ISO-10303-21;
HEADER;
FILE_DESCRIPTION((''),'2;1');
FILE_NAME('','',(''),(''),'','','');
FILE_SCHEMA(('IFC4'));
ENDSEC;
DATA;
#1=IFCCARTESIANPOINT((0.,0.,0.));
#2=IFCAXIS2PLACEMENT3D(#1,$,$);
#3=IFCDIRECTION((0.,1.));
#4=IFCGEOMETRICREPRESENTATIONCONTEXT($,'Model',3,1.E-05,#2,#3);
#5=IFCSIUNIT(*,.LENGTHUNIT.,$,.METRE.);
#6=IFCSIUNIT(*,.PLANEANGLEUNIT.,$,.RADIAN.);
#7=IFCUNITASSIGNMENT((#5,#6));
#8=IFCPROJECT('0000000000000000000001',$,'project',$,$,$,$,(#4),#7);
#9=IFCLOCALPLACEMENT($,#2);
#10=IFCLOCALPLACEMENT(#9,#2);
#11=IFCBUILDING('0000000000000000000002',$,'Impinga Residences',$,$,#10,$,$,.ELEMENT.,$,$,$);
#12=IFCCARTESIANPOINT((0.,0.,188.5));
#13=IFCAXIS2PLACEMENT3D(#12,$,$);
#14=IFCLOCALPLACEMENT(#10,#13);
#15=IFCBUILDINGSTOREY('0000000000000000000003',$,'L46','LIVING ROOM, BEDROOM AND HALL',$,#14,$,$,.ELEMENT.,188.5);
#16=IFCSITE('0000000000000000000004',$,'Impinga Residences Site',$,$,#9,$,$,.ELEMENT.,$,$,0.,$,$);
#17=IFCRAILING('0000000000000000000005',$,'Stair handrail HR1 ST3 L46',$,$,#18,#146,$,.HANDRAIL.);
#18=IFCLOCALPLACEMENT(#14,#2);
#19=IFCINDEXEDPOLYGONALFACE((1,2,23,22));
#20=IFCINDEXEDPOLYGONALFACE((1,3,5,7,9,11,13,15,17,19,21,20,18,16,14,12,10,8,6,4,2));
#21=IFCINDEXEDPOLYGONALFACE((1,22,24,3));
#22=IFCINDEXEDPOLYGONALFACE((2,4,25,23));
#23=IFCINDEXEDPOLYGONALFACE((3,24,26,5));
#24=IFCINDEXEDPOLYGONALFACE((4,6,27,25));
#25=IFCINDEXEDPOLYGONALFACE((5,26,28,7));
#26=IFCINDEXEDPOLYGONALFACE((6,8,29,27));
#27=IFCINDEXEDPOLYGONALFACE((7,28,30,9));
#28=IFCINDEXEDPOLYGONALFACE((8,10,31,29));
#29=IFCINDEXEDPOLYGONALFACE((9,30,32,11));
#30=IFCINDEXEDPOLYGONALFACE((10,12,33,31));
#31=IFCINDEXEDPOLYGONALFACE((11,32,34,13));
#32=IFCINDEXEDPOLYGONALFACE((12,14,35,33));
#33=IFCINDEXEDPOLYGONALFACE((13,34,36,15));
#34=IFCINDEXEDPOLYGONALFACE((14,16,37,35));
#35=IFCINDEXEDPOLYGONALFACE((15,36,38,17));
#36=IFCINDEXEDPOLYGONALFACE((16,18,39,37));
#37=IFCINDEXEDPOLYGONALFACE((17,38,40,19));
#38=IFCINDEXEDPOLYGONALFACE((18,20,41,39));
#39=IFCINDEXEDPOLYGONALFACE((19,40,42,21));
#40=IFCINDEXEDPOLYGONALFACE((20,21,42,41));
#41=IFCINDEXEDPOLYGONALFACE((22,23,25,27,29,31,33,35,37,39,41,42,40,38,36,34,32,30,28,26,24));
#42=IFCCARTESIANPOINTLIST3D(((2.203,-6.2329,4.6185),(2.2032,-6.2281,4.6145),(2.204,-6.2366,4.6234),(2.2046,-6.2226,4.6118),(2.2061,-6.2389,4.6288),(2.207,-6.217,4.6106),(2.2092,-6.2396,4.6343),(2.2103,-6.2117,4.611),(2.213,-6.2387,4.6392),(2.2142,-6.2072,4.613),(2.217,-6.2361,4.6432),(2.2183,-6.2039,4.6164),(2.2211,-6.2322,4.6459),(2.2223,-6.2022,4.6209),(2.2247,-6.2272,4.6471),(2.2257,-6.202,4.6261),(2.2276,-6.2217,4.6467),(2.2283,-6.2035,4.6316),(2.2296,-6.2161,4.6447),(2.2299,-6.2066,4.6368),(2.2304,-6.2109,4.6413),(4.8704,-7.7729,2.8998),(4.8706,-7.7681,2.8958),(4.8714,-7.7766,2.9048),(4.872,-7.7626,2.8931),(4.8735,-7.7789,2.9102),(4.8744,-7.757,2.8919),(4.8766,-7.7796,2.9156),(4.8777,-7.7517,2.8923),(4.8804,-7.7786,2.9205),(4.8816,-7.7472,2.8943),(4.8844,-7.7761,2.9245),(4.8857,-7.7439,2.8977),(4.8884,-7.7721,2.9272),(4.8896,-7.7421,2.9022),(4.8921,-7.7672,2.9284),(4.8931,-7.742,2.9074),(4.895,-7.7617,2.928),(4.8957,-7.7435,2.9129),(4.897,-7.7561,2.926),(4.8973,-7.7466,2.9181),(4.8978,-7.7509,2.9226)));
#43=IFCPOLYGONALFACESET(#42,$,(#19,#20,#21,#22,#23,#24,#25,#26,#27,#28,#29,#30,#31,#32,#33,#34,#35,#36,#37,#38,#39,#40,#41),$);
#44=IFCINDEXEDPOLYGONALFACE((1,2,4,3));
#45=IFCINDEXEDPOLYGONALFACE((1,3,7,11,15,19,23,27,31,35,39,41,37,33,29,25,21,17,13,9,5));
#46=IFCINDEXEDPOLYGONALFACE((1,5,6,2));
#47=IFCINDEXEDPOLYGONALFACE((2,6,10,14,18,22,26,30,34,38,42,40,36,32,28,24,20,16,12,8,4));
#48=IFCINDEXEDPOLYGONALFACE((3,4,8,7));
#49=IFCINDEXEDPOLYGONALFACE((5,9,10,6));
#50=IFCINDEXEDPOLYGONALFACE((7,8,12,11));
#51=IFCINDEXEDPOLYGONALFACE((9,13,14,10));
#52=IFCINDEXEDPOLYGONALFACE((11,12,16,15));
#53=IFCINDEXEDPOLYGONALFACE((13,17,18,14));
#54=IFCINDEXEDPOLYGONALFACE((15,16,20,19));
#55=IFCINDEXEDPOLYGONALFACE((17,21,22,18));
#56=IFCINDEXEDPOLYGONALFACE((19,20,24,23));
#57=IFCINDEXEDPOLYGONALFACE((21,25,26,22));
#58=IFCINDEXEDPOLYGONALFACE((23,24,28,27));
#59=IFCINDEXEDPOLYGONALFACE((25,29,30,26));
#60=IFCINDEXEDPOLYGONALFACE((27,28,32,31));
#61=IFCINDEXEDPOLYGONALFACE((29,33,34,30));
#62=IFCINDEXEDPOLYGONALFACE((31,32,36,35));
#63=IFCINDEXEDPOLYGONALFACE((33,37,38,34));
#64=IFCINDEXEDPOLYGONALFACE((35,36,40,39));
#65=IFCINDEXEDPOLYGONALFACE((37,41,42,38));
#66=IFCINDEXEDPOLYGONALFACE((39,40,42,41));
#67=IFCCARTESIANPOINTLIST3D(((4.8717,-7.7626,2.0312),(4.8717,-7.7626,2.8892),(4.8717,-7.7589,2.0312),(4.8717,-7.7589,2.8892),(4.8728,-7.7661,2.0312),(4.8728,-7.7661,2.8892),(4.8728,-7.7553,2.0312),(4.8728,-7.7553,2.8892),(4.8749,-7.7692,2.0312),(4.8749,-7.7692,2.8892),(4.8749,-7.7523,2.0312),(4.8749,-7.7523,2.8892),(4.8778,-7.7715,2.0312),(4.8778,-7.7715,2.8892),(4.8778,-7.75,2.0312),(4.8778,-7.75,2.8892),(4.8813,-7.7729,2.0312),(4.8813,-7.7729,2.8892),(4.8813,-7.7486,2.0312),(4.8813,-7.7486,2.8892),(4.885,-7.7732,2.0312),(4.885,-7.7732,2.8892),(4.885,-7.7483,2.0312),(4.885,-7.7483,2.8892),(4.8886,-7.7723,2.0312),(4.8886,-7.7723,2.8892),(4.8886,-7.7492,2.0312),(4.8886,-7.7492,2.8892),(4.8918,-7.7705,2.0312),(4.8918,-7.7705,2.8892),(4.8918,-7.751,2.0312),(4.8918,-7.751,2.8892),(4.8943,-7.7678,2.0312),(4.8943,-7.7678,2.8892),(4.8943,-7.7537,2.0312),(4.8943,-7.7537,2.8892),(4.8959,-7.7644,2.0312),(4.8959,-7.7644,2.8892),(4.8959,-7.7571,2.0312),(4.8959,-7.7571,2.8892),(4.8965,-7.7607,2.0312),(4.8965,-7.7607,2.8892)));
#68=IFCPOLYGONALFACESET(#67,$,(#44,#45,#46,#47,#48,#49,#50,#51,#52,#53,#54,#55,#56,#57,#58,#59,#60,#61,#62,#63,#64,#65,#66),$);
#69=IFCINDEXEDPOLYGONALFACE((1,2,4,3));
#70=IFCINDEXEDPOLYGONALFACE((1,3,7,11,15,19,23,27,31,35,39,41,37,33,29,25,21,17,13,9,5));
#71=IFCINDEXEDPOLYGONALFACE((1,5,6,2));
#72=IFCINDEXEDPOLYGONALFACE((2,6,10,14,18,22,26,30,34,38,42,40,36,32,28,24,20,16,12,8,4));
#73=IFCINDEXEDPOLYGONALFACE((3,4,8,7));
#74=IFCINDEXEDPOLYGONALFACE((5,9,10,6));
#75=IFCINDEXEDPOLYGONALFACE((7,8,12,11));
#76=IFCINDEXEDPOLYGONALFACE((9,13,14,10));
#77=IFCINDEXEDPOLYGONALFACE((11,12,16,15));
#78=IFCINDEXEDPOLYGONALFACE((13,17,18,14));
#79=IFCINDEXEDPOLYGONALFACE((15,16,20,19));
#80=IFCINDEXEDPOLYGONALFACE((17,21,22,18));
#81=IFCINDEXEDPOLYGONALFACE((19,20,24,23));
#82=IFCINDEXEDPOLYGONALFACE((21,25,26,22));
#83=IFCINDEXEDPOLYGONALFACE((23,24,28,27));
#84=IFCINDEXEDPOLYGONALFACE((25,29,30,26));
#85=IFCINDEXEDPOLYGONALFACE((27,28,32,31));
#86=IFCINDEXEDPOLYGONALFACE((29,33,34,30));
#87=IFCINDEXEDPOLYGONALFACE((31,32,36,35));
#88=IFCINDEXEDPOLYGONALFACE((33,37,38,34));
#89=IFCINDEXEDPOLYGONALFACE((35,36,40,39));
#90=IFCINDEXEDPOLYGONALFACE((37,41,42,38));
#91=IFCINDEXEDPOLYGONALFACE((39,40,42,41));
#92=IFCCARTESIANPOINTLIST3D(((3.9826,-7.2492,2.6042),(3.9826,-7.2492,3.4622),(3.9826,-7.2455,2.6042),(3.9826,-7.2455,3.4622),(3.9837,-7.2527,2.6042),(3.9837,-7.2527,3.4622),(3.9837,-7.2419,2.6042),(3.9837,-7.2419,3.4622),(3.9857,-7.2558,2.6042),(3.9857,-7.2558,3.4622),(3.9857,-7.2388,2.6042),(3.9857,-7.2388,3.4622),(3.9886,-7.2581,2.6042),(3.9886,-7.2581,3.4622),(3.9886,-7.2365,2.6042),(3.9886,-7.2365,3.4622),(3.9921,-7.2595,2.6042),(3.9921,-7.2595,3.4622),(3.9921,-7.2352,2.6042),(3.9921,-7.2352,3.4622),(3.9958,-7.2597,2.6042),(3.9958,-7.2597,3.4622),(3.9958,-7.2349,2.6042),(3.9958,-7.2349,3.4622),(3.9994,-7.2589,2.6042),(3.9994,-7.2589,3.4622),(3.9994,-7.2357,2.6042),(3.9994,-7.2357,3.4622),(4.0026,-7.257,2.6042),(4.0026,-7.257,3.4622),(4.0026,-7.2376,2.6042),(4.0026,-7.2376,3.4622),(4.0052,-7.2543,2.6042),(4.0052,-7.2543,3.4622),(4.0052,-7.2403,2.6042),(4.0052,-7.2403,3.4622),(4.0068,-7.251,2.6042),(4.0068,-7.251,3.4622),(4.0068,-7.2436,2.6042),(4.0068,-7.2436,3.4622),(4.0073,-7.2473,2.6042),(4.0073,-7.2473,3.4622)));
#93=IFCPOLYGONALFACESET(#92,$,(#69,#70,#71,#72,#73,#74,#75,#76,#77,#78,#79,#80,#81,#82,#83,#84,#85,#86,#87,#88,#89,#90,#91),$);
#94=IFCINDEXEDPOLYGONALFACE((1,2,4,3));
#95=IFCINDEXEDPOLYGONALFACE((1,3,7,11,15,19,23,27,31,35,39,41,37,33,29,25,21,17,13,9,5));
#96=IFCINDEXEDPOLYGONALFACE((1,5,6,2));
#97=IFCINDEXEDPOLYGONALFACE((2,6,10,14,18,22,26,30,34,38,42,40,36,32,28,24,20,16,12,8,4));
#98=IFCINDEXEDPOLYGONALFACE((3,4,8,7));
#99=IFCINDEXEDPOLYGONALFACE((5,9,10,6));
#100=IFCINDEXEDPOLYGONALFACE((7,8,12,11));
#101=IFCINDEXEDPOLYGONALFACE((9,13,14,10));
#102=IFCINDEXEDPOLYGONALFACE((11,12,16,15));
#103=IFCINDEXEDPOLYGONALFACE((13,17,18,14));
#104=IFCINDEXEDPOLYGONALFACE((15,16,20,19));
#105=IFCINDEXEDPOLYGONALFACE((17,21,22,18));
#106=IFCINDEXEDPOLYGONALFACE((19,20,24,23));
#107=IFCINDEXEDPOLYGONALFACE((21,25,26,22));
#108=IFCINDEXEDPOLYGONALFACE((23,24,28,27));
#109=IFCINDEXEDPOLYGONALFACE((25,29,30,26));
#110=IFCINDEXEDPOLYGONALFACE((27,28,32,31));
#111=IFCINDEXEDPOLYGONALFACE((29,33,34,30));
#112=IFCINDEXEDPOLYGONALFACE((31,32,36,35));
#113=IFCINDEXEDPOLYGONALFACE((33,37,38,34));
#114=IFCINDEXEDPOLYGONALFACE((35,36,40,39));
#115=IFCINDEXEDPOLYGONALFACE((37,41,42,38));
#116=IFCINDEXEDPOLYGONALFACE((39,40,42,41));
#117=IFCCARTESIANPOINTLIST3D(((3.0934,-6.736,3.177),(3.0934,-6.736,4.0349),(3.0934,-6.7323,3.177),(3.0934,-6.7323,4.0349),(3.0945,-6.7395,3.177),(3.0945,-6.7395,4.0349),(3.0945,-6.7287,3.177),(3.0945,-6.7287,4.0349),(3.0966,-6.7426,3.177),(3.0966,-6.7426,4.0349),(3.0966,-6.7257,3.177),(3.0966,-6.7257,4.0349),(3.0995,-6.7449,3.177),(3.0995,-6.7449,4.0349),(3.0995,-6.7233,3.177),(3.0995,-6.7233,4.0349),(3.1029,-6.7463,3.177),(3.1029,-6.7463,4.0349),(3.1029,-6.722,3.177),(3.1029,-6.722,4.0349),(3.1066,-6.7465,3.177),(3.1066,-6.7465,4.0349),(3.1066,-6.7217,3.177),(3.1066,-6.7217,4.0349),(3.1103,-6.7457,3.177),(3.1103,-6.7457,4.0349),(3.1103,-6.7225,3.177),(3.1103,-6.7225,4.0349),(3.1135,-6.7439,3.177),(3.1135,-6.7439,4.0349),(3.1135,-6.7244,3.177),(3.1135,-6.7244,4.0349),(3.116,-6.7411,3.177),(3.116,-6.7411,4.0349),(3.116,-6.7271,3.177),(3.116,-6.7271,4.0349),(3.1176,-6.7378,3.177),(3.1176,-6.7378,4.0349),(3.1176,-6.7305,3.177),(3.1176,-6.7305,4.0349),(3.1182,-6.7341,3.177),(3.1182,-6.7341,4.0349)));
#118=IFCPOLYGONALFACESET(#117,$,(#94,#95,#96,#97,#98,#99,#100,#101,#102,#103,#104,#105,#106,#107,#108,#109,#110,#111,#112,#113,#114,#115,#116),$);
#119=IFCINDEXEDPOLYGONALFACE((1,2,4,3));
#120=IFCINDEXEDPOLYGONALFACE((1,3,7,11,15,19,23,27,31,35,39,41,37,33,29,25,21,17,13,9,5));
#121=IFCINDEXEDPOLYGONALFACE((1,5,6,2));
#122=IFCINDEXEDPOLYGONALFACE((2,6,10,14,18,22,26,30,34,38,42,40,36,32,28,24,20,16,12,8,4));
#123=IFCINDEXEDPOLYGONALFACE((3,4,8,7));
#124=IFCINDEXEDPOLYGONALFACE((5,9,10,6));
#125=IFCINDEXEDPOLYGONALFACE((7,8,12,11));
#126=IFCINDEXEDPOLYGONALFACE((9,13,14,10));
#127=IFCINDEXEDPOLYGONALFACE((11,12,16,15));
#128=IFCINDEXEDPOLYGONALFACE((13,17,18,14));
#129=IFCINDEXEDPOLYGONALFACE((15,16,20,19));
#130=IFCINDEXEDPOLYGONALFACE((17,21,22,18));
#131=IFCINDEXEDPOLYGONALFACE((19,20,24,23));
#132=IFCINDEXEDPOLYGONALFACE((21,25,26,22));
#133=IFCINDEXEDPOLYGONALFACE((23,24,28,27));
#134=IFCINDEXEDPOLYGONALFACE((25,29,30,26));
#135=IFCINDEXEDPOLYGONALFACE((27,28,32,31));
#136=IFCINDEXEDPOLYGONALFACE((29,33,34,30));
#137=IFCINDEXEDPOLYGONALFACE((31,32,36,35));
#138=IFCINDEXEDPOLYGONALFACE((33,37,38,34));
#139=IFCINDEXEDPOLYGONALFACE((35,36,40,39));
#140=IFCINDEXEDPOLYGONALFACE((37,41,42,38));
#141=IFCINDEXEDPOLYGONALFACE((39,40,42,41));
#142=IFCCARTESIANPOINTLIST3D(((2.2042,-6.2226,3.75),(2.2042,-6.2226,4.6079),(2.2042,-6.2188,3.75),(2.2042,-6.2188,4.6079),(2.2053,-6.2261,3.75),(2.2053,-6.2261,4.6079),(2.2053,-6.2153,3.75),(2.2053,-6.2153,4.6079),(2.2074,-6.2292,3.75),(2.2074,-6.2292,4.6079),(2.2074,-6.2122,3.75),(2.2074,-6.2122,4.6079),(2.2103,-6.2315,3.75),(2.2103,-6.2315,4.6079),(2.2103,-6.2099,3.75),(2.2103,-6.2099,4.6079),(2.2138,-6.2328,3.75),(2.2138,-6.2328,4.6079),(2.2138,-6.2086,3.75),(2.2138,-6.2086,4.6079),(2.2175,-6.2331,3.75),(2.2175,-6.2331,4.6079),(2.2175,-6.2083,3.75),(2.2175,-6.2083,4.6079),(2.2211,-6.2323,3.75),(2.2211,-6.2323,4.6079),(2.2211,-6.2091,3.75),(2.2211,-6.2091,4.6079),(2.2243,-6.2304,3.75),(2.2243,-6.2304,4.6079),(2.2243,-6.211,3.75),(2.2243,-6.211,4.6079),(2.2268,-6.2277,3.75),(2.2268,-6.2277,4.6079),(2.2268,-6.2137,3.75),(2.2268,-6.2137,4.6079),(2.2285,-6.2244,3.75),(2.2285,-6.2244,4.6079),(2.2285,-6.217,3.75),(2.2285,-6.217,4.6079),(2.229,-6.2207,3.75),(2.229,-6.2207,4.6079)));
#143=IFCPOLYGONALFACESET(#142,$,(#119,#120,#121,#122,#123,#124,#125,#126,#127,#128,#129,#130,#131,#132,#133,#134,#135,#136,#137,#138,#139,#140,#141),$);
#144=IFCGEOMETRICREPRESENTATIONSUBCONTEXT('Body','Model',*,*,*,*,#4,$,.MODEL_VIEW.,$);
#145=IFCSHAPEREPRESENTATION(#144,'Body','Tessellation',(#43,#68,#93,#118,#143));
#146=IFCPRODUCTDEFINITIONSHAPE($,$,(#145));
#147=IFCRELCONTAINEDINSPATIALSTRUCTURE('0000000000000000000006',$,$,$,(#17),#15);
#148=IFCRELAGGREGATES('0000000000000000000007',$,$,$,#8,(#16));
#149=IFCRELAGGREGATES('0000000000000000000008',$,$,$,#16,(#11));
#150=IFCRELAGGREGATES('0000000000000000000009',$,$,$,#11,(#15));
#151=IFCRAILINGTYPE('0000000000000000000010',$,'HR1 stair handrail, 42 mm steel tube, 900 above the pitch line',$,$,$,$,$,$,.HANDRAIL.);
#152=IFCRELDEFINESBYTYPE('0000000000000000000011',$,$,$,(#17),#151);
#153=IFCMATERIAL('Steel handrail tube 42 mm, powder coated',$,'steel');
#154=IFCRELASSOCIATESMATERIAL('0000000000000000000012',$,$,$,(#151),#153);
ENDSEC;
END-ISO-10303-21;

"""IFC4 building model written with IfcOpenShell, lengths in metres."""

from ifc_helpers import new_model, si_unit, direction, frame, origin, origin_2d, place, context, subcontext, project, spatial, circle, extrude, material, type_object, element, save


model = new_model("IFC4")

# Units and contexts
model_context = context("Model", 3, precision=1e-05, world=origin(), true_north=direction((0.0, 1.0)))
body_context = subcontext(model_context, "Body", "Model", "MODEL_VIEW")
ifc_project = project(units=[si_unit("LENGTHUNIT", "METRE"), si_unit("PLANEANGLEUNIT", "RADIAN")], contexts=[model_context])

# Site, building, storey
site_placement = place(None, origin())
site = spatial("IfcSite", under=ifc_project, at=site_placement, Name="Impinga Residences Site", CompositionType="ELEMENT", RefElevation=0.0)
building_placement = place(site_placement, origin())
building = spatial("IfcBuilding", under=site, at=building_placement, Name="Impinga Residences", CompositionType="ELEMENT")
storey_placement = place(building_placement, frame((0.0, 0.0, 188.5)))
storey = spatial("IfcBuildingStorey", under=building, at=storey_placement, Name="L46", Description="LIVING ROOM, BEDROOM AND HALL", CompositionType="ELEMENT", Elevation=188.5)

# Railing
ifc_material_1 = material(Name="Steel handrail tube 42 mm, powder coated", Category="steel")
railing_type = type_object("IfcRailingType", Name="HR1 stair handrail, 42 mm steel tube, 900 above the pitch line", PredefinedType="HANDRAIL", material=ifc_material_1)
railing_placement = place(storey_placement, frame((4.884, -7.7607, 2.0312)))
element("IfcRailing", 1, at=railing_placement, inside=storey, type_object=railing_type, Name="Stair handrail HR1 ST3 L46", PredefinedType="HANDRAIL", context=body_context, shape_type="SweptSolid", body=[
    extrude(circle(Radius=0.021, at=origin_2d()), frame((0.0, 0.0, 0.8789), z_axis=(-0.756256, 0.436616, 0.487282), x_axis=(-0.499992, -0.86603, 0.0)), (0.0, 0.0, 1.0), 3.5271),
    extrude(circle(Radius=0.0125, at=origin_2d()), origin(), (0.0, 0.0, 1.0), 0.8579),
    extrude(circle(Radius=0.0125, at=origin_2d()), frame((-0.8892, 0.5134, 0.573)), (0.0, 0.0, 1.0), 0.8579),
    extrude(circle(Radius=0.0125, at=origin_2d()), frame((-1.7783, 1.0266, 1.1458)), (0.0, 0.0, 1.0), 0.8579),
    extrude(circle(Radius=0.0125, at=origin_2d()), frame((-2.6675, 1.54, 1.7188)), (0.0, 0.0, 1.0), 0.8579),
])

save(model, "model.ifc")
